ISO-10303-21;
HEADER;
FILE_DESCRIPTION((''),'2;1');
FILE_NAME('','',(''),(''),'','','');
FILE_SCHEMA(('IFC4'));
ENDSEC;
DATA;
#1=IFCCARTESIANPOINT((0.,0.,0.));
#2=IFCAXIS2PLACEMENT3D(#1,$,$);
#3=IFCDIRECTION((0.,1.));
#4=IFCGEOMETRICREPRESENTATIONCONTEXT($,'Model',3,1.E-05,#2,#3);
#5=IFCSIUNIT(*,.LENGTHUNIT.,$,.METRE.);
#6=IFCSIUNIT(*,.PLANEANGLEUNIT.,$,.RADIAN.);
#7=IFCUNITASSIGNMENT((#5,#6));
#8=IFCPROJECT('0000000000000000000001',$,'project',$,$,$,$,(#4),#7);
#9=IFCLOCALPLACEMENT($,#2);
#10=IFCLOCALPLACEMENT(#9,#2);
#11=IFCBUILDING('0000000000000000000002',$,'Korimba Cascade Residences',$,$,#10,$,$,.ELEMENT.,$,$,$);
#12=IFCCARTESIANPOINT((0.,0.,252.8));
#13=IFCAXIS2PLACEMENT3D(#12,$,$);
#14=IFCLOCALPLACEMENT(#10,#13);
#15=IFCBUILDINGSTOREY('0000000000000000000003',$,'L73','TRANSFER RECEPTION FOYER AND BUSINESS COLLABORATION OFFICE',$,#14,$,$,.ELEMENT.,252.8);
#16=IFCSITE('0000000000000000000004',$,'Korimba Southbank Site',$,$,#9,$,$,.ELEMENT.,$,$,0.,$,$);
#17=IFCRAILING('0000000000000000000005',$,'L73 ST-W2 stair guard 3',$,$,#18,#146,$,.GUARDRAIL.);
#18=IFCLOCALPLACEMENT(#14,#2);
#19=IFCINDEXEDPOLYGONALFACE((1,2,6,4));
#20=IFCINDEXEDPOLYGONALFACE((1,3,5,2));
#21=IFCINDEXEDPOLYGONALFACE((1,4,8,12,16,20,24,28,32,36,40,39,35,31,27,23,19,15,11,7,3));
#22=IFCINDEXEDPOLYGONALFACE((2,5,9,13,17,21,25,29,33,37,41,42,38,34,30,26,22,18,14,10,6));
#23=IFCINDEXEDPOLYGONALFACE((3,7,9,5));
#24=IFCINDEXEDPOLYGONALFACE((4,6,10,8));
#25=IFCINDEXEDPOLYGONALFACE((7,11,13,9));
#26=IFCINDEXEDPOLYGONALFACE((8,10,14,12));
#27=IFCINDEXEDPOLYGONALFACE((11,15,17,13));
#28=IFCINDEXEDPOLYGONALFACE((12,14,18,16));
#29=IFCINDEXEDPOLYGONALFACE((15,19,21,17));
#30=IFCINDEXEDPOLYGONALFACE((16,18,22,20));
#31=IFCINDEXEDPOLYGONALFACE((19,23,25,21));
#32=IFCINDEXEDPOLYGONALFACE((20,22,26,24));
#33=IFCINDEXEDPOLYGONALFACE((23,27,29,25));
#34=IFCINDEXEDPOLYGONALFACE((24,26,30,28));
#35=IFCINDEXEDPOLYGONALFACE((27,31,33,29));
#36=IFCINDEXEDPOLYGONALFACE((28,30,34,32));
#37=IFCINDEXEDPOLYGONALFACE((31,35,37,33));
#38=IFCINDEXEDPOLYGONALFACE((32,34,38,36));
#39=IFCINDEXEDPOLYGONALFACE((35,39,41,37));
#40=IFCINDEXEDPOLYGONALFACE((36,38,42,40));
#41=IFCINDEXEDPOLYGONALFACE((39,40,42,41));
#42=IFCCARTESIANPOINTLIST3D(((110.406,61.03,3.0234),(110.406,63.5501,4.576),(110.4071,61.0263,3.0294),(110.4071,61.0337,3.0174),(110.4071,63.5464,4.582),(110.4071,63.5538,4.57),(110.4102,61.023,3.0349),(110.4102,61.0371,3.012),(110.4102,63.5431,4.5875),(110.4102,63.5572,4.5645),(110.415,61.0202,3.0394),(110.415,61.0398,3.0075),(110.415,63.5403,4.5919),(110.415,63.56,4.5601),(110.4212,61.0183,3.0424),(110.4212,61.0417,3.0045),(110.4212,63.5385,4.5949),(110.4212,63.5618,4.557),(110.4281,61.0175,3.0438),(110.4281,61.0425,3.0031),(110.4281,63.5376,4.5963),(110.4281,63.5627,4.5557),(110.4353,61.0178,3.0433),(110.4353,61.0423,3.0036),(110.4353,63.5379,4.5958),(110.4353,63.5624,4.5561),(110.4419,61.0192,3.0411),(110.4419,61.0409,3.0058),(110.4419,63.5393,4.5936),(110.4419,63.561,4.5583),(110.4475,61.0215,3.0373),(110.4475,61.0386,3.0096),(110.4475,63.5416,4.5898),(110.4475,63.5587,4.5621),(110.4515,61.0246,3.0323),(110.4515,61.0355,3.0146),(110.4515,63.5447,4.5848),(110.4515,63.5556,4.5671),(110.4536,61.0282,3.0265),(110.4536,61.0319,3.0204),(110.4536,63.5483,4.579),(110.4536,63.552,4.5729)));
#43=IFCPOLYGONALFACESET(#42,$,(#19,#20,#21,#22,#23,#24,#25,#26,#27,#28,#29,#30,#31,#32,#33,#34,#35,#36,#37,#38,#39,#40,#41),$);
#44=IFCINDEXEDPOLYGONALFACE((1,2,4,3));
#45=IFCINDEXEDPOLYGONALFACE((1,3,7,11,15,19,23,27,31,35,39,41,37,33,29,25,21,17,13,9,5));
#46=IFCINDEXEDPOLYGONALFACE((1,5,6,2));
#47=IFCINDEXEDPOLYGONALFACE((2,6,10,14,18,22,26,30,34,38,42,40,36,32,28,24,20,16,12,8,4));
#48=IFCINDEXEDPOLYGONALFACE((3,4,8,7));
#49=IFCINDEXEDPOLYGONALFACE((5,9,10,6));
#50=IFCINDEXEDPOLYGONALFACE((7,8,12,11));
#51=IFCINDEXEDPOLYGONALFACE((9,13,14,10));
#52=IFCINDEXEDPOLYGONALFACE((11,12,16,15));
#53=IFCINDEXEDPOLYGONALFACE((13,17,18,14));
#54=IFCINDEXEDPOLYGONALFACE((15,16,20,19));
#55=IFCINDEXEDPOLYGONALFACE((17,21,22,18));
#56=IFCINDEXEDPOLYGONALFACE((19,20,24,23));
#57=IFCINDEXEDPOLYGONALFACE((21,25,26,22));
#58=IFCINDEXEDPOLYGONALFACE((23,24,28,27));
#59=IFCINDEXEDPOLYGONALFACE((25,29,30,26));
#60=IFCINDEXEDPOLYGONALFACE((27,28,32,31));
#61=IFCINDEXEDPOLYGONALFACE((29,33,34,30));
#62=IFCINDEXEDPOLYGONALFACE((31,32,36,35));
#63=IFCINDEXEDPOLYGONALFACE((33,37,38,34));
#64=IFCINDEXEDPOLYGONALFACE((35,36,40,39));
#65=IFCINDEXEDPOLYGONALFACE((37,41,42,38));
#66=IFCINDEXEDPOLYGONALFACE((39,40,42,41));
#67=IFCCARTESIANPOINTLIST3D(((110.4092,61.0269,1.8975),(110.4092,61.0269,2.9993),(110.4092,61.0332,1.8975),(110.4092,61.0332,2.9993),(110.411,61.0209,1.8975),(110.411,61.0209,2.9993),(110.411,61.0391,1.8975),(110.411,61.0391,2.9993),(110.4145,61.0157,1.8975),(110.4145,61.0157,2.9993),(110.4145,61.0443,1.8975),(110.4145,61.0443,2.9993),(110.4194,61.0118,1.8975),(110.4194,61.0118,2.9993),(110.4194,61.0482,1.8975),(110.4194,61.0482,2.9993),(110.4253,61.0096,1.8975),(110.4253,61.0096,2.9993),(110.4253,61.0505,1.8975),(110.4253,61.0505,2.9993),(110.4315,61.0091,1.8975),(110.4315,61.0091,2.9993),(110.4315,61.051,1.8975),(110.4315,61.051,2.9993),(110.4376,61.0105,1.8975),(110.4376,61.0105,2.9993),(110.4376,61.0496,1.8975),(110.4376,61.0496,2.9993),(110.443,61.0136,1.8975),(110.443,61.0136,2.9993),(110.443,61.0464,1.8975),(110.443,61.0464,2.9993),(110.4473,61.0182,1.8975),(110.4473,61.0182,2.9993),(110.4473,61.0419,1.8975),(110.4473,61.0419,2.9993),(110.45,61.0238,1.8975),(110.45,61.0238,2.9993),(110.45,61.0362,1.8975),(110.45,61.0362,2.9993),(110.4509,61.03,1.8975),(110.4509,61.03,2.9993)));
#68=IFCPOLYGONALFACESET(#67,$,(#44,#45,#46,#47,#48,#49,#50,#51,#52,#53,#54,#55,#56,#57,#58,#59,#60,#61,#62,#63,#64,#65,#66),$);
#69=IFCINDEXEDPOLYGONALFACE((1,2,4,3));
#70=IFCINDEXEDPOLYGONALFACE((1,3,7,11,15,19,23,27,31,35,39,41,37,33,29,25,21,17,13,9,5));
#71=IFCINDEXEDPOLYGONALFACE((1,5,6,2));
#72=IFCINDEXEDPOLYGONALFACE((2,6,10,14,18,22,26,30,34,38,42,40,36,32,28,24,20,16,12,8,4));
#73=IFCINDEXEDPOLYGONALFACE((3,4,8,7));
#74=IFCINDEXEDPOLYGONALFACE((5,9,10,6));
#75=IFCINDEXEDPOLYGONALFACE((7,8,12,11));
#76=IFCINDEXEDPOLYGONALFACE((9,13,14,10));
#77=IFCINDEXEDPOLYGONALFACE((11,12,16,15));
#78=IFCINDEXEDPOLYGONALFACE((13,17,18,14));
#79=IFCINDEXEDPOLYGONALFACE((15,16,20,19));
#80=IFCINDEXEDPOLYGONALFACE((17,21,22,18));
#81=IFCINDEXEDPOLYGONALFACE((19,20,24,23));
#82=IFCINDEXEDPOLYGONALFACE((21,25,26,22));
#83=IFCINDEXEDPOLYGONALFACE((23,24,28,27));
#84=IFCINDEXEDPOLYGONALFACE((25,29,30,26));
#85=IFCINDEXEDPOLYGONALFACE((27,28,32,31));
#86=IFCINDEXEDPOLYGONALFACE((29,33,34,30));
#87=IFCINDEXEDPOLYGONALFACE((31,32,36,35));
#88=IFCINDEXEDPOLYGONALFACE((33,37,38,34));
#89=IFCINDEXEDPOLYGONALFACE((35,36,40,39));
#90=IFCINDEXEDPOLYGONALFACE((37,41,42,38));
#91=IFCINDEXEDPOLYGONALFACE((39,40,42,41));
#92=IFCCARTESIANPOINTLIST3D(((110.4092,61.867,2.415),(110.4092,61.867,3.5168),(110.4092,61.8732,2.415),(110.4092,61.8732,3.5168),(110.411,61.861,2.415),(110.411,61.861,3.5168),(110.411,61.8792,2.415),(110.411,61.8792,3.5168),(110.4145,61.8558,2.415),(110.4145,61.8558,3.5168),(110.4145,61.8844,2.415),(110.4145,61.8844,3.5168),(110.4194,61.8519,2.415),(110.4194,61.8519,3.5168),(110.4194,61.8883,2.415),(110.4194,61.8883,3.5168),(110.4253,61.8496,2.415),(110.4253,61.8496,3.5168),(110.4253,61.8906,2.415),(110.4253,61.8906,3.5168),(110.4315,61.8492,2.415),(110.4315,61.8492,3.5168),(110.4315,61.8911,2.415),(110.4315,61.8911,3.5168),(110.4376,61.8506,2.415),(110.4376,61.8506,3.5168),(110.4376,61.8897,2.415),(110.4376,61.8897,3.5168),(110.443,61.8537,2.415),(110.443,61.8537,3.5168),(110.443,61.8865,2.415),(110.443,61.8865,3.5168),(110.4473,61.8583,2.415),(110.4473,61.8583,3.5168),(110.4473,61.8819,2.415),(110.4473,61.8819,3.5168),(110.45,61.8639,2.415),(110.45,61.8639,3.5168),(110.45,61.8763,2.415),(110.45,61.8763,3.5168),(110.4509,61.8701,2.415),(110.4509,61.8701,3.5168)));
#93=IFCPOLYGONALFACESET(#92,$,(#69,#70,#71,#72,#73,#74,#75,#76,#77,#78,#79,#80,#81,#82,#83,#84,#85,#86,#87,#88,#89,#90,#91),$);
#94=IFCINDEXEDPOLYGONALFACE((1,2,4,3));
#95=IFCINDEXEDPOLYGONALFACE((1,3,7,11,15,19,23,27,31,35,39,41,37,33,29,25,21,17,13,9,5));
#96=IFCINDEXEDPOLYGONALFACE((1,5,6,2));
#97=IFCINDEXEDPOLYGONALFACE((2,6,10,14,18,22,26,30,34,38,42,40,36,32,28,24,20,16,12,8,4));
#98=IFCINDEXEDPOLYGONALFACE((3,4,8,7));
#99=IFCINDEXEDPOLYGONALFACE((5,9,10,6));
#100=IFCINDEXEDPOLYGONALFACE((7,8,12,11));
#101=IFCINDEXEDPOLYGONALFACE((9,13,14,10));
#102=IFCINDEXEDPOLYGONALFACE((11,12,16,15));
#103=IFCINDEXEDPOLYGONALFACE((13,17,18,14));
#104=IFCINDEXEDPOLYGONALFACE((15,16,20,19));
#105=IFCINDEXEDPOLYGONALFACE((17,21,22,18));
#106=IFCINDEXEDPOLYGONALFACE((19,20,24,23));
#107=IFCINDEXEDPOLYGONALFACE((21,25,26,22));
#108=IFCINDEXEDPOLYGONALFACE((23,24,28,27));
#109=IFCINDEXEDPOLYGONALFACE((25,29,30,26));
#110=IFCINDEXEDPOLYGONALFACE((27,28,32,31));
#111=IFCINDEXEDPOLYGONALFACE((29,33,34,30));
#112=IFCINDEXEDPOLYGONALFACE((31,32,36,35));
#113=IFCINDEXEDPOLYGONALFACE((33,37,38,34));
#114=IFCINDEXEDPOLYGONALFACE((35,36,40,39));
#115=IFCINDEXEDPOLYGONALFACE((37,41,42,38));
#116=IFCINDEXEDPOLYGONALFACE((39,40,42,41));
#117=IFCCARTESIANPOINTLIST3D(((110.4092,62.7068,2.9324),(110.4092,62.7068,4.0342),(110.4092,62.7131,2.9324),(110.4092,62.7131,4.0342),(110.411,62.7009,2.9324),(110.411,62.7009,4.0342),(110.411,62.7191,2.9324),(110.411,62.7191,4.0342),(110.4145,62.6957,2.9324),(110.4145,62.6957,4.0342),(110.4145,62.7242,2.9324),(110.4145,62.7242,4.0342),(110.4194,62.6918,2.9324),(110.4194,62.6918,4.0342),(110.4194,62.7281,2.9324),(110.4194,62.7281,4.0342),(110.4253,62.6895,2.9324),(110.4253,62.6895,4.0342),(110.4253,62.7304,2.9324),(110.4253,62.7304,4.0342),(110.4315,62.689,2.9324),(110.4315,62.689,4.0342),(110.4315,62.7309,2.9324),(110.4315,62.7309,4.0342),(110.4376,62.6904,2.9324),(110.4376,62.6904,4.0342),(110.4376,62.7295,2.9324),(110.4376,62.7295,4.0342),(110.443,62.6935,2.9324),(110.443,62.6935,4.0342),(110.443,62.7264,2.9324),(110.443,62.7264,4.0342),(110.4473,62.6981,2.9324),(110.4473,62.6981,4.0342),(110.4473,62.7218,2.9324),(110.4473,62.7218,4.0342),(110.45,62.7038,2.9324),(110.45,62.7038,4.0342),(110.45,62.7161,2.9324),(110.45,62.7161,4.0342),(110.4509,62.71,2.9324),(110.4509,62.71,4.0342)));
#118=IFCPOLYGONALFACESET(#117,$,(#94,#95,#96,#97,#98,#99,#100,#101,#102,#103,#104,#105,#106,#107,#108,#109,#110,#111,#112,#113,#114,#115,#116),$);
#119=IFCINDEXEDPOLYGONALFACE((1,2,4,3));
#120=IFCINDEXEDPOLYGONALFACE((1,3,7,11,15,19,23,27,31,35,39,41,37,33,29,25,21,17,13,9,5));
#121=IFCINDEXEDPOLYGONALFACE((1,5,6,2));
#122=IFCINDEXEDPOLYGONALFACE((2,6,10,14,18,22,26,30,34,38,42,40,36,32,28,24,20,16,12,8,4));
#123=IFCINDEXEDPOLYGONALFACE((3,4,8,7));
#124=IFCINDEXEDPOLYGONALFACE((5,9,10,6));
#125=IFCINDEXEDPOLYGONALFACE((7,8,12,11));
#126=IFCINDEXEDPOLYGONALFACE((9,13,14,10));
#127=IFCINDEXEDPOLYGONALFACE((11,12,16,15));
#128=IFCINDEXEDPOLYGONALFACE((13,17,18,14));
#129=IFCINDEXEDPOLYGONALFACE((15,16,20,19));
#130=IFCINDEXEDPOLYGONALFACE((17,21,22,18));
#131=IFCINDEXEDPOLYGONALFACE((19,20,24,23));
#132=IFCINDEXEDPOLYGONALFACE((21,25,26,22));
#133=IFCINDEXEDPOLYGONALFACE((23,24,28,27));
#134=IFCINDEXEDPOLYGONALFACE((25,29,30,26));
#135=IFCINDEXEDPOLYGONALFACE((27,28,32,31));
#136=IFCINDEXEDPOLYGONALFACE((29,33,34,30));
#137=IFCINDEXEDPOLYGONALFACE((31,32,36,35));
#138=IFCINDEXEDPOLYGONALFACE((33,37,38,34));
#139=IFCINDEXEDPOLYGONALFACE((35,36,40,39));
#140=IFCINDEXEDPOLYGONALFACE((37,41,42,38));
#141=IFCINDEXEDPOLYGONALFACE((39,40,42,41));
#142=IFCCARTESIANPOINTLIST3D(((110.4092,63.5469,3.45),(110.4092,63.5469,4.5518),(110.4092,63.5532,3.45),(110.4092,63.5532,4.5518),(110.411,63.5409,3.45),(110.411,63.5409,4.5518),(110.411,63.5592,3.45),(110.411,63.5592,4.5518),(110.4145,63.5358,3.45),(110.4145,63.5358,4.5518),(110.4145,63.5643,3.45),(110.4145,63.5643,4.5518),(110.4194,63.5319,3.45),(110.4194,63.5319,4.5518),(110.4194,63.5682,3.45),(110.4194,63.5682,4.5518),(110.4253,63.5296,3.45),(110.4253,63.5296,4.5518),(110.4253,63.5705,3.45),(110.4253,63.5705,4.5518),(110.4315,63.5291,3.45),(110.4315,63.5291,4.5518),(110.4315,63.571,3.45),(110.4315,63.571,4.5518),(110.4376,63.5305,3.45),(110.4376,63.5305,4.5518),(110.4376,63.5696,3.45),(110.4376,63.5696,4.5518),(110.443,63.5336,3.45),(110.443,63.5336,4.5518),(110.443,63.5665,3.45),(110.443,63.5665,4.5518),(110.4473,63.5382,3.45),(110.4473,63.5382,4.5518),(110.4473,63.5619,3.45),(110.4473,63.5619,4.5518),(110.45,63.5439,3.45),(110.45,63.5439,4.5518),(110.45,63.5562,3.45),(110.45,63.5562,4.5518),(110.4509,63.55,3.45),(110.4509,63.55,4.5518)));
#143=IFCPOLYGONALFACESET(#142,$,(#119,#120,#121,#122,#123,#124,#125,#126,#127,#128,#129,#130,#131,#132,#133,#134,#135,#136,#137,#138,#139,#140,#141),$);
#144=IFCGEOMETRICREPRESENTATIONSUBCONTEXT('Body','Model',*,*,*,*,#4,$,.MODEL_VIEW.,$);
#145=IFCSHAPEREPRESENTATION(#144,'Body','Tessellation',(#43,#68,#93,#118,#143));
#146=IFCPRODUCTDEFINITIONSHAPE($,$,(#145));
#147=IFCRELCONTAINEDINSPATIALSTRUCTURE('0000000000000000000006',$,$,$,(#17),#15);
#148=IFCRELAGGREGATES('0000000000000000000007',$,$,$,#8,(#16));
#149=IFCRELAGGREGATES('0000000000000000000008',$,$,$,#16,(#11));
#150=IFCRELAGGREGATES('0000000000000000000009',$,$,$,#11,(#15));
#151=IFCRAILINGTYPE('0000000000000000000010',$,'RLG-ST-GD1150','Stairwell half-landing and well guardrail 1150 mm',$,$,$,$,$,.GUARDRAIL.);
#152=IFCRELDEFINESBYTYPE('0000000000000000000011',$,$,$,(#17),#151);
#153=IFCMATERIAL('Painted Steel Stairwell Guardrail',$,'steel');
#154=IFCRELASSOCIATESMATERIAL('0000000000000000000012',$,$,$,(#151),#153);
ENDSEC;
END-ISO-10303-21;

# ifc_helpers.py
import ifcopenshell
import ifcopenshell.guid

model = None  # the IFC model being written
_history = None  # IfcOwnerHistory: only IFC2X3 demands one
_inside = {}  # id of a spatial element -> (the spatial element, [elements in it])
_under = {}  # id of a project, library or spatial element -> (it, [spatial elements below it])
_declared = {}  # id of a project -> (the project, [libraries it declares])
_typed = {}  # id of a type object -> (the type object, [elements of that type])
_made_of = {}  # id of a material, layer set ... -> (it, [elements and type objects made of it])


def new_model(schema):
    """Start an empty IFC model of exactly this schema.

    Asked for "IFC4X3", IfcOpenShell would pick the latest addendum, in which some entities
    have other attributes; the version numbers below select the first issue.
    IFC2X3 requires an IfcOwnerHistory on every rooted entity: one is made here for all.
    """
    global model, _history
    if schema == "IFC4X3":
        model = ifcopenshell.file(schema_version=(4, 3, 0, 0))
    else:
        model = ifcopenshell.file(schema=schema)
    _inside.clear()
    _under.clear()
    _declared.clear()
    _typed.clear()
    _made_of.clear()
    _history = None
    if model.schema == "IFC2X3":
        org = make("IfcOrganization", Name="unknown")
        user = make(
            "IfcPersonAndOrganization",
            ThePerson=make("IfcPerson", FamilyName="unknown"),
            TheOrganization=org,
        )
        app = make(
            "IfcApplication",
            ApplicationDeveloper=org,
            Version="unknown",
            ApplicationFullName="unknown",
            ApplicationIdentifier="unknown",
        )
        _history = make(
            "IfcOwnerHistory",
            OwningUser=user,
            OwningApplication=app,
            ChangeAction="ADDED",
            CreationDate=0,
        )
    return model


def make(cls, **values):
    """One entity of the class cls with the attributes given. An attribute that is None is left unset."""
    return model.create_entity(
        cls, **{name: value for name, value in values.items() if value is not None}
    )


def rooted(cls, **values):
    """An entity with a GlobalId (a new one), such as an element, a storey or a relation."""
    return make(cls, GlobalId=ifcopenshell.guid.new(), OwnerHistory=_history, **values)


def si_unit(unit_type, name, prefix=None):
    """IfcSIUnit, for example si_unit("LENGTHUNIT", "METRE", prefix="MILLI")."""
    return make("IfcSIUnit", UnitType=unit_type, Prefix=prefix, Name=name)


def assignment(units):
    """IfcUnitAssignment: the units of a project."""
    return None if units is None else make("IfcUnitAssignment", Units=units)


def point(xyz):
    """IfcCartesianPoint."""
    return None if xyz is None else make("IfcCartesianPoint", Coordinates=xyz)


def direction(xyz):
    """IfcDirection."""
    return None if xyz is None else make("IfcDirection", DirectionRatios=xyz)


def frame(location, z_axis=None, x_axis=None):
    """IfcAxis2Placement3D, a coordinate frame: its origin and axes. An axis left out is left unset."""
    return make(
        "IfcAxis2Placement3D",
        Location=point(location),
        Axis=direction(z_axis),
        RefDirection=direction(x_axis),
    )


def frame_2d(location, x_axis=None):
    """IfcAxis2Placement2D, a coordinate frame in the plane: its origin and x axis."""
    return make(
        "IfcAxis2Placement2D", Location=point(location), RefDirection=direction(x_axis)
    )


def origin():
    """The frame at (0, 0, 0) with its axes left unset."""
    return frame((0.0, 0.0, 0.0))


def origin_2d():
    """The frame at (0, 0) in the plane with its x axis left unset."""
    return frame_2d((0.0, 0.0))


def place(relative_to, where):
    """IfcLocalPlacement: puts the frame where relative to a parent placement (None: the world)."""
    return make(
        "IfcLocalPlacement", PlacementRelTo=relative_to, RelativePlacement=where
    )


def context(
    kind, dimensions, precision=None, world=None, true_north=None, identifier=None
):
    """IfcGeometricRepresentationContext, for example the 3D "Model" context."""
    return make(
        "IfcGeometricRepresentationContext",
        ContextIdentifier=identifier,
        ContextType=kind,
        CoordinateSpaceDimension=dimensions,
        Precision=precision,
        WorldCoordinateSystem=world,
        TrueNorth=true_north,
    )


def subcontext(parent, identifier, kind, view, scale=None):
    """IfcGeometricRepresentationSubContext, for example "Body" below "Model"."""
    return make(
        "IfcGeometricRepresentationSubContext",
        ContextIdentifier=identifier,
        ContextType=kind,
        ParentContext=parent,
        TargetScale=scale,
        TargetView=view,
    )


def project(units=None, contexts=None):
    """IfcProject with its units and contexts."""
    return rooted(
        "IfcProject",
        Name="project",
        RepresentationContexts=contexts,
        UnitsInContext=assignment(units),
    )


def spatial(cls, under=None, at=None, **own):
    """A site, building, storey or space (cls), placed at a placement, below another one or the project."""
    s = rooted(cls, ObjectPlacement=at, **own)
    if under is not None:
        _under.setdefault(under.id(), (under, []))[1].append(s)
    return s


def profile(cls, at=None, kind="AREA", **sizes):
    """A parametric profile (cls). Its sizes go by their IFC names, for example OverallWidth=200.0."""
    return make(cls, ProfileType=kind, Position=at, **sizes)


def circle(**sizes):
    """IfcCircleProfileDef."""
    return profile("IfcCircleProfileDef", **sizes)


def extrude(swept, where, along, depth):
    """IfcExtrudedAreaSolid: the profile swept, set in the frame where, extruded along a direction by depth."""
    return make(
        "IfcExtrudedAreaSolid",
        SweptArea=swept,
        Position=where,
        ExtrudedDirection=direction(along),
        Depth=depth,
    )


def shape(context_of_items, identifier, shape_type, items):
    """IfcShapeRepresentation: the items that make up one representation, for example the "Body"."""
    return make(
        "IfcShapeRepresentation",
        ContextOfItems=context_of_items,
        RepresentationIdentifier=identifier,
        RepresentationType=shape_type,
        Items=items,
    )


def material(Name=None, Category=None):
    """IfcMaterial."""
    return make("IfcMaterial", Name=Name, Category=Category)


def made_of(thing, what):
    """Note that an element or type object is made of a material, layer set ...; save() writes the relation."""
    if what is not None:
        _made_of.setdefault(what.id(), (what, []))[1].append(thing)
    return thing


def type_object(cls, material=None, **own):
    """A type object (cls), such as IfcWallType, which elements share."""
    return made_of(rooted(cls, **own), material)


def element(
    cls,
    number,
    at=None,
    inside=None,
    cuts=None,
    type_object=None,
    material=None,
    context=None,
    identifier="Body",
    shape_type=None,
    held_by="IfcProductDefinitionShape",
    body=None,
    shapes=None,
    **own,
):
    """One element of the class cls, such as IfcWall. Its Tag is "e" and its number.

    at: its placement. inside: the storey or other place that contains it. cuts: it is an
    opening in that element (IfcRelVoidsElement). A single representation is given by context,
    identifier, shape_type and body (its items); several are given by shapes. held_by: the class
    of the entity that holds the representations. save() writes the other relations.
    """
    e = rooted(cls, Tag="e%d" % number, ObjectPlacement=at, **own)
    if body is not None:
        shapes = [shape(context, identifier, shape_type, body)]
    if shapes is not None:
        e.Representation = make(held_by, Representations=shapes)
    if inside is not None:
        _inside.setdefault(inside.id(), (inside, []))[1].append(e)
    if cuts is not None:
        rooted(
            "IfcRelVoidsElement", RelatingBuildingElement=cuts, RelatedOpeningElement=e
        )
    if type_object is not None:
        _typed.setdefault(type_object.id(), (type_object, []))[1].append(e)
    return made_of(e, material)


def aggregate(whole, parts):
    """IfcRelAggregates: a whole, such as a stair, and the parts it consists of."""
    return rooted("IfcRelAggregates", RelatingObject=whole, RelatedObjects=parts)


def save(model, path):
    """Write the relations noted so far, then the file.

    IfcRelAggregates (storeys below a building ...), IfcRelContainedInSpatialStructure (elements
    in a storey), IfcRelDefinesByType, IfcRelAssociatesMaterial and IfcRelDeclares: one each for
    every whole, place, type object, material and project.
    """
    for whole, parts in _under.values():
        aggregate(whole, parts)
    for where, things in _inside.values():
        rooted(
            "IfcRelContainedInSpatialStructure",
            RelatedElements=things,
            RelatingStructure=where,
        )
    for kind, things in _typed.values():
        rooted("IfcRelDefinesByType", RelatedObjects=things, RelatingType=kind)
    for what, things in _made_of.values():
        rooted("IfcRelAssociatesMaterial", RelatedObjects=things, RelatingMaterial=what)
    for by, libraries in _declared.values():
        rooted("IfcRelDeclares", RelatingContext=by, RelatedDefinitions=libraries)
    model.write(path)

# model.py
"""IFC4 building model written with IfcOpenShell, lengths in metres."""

from ifc_helpers import new_model, si_unit, direction, frame, origin, origin_2d, place, context, subcontext, project, spatial, circle, extrude, material, type_object, element, save


model = new_model("IFC4")

# Units and contexts
model_context = context("Model", 3, precision=1e-05, world=origin(), true_north=direction((0.0, 1.0)))
body_context = subcontext(model_context, "Body", "Model", "MODEL_VIEW")
ifc_project = project(units=[si_unit("LENGTHUNIT", "METRE"), si_unit("PLANEANGLEUNIT", "RADIAN")], contexts=[model_context])

# Site, building, storey
site_placement = place(None, origin())
site = spatial("IfcSite", under=ifc_project, at=site_placement, Name="Korimba Southbank Site", CompositionType="ELEMENT", RefElevation=0.0)
building_placement = place(site_placement, origin())
building = spatial("IfcBuilding", under=site, at=building_placement, Name="Korimba Cascade Residences", CompositionType="ELEMENT")
storey_placement = place(building_placement, frame((0.0, 0.0, 252.8)))
storey = spatial("IfcBuildingStorey", under=building, at=storey_placement, Name="L73", Description="TRANSFER RECEPTION FOYER AND BUSINESS COLLABORATION OFFICE", CompositionType="ELEMENT", Elevation=252.8)

# Railing
ifc_material_1 = material(Name="Painted Steel Stairwell Guardrail", Category="steel")
railing_type_1 = type_object("IfcRailingType", Name="RLG-ST-GD1150", Description="Stairwell half-landing and well guardrail 1150 mm", PredefinedType="GUARDRAIL", material=ifc_material_1)
railing_1_placement = place(storey_placement, frame((110.4299, 61.03, 1.8975)))
element("IfcRailing", 1, at=railing_1_placement, inside=storey, type_object=railing_type_1, Name="L73 ST-W2 stair guard 3", PredefinedType="GUARDRAIL", context=body_context, shape_type="SweptSolid", body=[
    extrude(circle(Radius=0.0239, at=origin_2d()), frame((0.0, 0.0, 1.126), z_axis=(0.0, 0.8514, 0.524516), x_axis=(-1.0, 0.0, 0.0)), (0.0, 0.0, 1.0), 2.96),
    extrude(circle(Radius=0.021, at=origin_2d()), origin(), (0.0, 0.0, 1.0), 1.1018),
    extrude(circle(Radius=0.021, at=origin_2d()), frame((0.0, 0.8401, 0.5176)), (0.0, 0.0, 1.0), 1.1018),
    extrude(circle(Radius=0.021, at=origin_2d()), frame((0.0, 1.6799, 1.0349)), (0.0, 0.0, 1.0), 1.1018),
    extrude(circle(Radius=0.021, at=origin_2d()), frame((0.0, 2.52, 1.5525)), (0.0, 0.0, 1.0), 1.1018),
])

save(model, "model.ifc")
